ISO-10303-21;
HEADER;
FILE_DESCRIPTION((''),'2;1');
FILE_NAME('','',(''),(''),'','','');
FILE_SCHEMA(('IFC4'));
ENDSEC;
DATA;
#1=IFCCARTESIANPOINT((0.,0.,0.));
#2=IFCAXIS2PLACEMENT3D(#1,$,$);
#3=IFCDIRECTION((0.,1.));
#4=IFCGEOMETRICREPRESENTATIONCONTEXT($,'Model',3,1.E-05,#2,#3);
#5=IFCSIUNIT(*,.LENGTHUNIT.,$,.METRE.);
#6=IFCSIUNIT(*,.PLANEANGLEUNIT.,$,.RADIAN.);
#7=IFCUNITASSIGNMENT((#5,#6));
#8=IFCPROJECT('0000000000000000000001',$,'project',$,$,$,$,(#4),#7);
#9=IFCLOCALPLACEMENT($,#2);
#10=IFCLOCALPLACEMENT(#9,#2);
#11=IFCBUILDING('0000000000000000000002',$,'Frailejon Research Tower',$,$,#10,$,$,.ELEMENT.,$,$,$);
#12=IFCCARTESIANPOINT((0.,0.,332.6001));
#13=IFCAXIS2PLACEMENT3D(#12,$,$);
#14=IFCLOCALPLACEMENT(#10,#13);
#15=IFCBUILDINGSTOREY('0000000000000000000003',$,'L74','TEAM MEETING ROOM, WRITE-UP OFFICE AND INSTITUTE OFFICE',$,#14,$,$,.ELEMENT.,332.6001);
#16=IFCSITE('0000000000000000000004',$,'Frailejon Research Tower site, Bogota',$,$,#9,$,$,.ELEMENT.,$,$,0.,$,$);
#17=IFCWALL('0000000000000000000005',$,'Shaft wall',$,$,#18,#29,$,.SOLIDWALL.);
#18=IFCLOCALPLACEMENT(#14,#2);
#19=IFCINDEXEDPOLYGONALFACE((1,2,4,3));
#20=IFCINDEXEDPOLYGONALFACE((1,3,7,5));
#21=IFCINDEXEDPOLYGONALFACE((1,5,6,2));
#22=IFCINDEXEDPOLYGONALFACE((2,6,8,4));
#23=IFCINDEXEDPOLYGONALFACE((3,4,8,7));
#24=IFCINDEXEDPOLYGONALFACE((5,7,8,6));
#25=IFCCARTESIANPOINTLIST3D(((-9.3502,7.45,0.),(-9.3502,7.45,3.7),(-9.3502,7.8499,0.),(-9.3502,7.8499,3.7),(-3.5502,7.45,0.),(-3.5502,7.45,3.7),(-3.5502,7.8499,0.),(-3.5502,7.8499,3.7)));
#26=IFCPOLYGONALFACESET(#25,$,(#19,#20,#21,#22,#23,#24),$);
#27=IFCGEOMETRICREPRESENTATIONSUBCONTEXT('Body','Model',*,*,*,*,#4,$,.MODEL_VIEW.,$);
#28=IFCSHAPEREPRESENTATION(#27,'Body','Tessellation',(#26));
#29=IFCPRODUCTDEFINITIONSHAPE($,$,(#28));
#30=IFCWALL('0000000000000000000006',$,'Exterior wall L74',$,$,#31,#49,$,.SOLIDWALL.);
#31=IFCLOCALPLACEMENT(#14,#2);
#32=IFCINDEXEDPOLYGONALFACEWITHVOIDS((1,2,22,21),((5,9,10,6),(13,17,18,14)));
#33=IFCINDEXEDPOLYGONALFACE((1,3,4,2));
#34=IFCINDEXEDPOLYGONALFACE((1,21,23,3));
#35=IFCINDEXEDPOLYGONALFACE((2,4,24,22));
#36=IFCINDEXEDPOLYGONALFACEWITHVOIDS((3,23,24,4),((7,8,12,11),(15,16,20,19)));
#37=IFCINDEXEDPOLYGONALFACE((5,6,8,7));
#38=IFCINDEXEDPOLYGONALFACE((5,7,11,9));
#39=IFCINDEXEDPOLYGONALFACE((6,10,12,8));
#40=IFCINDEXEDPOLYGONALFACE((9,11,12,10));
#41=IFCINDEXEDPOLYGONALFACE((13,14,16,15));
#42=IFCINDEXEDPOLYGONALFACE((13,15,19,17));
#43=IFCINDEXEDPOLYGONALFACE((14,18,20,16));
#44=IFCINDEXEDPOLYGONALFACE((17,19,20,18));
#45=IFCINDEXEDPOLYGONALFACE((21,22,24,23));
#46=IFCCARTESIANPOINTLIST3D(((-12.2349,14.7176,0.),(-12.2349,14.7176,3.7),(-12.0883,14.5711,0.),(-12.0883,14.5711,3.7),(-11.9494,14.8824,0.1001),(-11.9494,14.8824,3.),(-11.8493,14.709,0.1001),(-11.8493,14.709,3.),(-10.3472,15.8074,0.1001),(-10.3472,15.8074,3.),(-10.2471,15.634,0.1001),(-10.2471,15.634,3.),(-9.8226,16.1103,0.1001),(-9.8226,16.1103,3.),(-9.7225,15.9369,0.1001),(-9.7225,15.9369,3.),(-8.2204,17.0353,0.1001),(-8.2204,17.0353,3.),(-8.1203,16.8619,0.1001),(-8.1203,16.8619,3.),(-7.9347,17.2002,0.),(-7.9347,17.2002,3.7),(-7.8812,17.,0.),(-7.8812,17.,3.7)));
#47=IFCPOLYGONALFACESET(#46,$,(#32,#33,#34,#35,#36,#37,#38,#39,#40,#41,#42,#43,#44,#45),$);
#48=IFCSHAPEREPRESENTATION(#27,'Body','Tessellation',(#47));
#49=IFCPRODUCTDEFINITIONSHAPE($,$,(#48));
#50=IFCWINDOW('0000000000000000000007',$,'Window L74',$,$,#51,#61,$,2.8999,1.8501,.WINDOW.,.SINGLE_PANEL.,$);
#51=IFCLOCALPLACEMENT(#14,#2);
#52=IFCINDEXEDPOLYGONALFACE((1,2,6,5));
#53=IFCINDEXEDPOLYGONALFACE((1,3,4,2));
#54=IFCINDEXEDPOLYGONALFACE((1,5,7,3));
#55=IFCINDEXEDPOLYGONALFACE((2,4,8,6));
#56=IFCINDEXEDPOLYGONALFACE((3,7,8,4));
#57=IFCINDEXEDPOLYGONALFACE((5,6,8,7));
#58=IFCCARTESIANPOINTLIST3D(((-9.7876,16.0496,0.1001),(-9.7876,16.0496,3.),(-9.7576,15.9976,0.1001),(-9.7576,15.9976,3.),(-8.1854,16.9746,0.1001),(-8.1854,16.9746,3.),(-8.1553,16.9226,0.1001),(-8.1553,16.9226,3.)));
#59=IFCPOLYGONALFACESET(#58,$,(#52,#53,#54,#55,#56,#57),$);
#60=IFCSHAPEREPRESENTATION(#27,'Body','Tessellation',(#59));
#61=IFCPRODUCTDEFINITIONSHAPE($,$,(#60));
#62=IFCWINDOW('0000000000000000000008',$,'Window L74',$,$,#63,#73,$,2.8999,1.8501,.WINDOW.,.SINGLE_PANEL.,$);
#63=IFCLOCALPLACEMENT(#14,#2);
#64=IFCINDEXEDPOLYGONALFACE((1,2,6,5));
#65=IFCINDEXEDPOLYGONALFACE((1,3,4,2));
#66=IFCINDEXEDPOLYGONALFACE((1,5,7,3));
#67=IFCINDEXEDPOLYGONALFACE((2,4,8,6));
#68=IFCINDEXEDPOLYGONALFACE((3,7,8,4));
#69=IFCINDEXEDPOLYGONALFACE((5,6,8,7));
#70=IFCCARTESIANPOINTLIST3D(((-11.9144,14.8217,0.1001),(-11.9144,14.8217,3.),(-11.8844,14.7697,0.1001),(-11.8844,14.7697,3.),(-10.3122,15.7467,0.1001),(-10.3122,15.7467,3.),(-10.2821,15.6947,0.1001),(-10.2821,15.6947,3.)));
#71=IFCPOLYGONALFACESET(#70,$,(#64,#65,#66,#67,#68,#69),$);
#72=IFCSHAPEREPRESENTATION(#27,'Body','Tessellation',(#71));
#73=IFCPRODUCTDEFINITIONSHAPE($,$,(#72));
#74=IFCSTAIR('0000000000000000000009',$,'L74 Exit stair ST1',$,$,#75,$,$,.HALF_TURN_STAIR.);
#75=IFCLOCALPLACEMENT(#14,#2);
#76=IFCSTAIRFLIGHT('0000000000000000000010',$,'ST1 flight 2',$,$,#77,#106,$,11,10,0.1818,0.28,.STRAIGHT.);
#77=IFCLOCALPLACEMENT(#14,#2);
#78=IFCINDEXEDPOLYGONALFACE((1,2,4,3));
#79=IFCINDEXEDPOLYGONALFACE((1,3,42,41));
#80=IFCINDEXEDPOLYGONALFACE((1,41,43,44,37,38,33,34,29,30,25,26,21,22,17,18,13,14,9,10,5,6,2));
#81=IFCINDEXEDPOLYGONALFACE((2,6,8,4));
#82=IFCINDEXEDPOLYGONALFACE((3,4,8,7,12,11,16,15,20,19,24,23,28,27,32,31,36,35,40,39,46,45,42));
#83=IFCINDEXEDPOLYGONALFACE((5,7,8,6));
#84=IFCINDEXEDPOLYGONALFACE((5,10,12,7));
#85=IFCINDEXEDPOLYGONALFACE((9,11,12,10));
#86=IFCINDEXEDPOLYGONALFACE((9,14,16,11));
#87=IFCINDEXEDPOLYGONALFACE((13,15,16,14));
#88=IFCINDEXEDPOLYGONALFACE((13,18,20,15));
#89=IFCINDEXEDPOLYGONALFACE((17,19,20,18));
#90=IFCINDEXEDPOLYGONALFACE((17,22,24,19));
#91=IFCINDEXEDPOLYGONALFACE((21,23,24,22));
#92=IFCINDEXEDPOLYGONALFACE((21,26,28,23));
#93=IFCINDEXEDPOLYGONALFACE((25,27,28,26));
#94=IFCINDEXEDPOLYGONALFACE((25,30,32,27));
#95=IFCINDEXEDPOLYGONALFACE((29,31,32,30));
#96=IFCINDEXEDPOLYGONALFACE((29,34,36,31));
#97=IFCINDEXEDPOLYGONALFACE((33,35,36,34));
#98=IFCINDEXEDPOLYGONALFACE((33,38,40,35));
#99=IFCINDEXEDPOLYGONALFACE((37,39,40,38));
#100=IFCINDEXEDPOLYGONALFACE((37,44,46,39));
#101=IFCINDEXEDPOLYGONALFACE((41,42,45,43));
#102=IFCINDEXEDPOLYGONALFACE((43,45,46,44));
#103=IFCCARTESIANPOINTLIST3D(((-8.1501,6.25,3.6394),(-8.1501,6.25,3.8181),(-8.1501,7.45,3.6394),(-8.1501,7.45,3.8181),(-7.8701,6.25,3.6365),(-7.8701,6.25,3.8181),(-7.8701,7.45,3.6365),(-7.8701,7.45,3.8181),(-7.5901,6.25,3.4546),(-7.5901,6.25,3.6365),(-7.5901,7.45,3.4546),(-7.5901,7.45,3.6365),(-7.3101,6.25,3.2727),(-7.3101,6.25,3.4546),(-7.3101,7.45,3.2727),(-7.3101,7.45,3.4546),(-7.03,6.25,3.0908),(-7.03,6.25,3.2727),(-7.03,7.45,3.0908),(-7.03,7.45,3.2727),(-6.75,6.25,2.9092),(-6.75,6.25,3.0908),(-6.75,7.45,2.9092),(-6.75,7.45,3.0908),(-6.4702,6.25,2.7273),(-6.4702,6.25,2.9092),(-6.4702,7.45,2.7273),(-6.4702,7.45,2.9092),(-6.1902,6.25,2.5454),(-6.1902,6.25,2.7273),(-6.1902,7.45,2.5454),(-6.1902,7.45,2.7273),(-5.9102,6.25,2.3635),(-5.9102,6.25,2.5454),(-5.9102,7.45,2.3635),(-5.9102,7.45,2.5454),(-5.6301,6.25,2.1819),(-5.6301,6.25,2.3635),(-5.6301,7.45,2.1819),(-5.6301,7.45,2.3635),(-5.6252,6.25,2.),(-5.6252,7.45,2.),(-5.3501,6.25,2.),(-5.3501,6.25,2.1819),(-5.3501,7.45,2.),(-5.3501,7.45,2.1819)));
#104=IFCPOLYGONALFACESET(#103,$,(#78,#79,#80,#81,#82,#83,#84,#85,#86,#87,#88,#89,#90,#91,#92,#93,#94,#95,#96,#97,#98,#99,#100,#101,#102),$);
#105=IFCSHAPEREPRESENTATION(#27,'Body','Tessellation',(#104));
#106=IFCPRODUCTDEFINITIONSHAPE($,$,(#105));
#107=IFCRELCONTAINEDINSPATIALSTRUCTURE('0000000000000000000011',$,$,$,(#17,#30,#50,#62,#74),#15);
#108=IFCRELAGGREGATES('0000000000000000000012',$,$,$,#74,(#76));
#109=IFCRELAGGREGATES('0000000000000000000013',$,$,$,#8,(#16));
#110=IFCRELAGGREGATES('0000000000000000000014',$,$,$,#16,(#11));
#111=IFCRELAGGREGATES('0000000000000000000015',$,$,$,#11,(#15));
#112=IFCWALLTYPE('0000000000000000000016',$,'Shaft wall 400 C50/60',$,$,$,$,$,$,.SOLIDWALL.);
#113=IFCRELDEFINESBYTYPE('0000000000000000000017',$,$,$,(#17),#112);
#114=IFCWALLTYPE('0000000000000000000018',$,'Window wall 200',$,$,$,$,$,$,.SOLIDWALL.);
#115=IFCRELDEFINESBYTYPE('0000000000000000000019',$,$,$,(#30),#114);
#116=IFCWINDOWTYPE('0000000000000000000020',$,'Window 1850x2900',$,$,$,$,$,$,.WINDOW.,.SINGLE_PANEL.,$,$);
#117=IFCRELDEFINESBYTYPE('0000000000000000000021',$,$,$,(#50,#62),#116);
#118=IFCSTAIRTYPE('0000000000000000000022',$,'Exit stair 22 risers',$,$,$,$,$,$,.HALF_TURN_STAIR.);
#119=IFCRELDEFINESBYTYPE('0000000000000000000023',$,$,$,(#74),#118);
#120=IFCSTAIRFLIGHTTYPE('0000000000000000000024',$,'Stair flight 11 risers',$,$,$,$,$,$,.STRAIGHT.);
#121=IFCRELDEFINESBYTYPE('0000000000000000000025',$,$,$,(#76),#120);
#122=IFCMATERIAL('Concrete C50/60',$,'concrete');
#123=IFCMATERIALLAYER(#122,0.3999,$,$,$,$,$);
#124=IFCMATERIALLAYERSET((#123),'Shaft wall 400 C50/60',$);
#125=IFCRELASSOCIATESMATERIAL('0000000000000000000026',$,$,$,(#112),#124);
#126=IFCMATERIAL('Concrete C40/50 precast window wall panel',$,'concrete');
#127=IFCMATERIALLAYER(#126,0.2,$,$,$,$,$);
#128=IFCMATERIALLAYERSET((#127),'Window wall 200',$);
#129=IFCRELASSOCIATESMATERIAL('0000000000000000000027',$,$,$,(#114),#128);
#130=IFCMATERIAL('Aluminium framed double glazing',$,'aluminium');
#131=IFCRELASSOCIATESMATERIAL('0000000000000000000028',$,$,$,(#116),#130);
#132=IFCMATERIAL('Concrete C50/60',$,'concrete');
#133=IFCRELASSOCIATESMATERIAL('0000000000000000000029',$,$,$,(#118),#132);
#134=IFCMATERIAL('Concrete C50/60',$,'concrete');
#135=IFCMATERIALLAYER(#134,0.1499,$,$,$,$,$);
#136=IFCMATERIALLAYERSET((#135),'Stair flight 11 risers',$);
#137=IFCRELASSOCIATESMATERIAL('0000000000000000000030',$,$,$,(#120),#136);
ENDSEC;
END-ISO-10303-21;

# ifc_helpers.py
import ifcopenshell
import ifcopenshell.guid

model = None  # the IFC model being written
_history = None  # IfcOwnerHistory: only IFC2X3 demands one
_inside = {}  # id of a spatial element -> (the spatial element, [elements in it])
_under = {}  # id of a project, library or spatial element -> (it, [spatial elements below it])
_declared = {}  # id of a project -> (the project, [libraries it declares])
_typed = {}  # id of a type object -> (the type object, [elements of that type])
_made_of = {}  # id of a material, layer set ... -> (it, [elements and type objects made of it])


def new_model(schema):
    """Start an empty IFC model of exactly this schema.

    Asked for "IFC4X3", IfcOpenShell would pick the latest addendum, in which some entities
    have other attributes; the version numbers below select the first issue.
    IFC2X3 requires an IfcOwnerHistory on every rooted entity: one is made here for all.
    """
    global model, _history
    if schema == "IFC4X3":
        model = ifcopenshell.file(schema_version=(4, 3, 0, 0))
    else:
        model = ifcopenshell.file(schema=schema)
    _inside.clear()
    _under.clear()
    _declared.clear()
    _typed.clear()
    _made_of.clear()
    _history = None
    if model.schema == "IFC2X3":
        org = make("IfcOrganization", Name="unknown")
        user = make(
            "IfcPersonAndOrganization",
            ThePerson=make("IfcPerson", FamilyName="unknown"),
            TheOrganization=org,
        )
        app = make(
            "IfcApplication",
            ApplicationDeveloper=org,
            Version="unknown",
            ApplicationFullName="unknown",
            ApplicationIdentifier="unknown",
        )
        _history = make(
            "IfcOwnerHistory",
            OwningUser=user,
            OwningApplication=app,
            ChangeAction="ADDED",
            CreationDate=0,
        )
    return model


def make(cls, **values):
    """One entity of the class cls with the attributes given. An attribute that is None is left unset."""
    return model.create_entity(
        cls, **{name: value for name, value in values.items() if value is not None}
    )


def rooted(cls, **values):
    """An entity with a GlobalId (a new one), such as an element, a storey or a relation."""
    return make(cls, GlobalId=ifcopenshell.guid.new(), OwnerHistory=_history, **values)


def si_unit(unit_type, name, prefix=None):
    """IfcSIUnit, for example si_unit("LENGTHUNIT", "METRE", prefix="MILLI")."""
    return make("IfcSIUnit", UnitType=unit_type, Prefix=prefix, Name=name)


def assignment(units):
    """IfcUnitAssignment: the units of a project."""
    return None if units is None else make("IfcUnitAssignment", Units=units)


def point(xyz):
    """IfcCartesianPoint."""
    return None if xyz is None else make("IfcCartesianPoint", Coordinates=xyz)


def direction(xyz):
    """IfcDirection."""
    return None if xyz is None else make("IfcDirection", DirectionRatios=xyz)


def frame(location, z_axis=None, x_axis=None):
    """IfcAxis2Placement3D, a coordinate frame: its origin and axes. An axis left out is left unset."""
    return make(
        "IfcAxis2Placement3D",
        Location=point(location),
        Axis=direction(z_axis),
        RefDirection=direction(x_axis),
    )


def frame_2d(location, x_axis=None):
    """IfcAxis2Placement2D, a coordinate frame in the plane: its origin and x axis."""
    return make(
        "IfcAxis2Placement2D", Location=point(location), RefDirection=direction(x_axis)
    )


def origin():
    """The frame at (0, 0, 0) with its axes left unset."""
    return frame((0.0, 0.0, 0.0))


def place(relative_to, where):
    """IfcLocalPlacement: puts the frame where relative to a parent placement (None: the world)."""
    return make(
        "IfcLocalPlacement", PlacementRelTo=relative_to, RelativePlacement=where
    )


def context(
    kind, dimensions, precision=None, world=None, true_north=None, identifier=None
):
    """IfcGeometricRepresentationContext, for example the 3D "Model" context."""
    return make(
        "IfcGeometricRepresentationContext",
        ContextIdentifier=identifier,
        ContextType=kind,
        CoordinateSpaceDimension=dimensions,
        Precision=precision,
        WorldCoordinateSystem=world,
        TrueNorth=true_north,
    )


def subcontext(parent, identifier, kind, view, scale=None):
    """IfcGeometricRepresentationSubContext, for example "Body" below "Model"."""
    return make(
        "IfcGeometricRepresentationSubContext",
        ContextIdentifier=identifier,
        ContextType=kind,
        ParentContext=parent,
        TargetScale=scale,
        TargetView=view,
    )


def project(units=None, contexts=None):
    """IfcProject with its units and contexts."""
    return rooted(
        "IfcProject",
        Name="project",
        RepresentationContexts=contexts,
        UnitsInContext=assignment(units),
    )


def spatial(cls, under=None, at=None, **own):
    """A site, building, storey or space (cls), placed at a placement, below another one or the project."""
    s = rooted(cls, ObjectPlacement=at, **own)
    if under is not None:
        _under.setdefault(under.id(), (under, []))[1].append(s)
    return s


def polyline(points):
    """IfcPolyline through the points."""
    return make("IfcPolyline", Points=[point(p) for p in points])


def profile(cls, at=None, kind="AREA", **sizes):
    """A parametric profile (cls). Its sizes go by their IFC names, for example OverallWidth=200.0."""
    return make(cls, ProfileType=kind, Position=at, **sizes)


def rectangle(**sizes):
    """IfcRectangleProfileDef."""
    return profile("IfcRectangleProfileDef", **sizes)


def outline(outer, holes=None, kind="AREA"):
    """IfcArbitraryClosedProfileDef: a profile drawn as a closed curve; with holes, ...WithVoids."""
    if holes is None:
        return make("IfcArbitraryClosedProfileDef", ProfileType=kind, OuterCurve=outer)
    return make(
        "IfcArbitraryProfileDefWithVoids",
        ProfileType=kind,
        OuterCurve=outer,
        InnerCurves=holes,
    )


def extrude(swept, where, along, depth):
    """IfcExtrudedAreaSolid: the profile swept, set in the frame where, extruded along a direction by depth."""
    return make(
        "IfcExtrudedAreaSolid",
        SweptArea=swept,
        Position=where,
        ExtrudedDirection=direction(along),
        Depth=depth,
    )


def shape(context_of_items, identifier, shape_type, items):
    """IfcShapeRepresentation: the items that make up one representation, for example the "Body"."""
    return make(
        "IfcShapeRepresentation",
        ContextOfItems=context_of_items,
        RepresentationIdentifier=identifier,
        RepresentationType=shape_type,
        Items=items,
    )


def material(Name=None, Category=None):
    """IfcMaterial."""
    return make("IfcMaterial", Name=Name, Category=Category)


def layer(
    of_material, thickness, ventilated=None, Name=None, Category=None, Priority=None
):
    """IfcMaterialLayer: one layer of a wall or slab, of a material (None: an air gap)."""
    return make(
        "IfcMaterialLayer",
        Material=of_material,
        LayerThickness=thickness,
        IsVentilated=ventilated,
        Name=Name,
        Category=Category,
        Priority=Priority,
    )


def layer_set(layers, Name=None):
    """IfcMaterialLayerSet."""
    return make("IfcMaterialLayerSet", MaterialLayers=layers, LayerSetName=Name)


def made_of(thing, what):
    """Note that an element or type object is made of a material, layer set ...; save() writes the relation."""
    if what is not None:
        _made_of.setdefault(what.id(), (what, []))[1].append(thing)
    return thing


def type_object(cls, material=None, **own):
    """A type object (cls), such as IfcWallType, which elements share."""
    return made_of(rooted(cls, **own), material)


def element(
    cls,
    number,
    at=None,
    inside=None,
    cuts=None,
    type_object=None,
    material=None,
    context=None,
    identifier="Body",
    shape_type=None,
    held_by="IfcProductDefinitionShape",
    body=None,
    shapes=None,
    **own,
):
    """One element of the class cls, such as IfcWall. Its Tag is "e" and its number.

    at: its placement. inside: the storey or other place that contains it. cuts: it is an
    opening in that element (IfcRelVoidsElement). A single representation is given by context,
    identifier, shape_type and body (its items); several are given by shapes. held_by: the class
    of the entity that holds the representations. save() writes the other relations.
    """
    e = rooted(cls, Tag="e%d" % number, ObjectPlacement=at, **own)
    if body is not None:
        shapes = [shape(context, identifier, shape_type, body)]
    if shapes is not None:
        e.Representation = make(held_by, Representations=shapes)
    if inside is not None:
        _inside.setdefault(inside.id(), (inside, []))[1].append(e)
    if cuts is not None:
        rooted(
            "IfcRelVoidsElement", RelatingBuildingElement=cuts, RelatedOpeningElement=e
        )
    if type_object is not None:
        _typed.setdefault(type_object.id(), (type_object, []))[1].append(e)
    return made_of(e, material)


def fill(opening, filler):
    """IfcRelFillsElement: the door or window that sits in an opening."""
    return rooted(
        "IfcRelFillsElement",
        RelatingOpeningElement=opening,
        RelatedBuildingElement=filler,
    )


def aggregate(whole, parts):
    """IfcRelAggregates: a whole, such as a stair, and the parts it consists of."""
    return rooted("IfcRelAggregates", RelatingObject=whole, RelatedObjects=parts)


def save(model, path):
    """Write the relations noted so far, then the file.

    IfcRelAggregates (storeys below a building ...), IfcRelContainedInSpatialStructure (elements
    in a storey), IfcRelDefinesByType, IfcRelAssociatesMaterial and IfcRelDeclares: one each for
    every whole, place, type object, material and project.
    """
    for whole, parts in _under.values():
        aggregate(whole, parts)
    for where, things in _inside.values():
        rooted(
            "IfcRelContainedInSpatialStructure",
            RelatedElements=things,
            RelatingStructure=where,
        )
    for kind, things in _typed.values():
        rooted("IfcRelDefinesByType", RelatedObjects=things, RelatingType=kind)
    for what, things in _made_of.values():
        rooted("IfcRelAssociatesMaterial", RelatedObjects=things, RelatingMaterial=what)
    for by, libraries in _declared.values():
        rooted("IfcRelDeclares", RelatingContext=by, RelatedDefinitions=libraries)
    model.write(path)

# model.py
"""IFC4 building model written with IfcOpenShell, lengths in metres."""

from ifc_helpers import new_model, si_unit, direction, frame, frame_2d, origin, place, context, subcontext, project, spatial, polyline, rectangle, outline, extrude, material, layer, layer_set, type_object, element, fill, aggregate, save


model = new_model("IFC4")

# Units and contexts
model_context = context("Model", 3, precision=1e-05, world=origin(), true_north=direction((0.0, 1.0)))
body_context = subcontext(model_context, "Body", "Model", "MODEL_VIEW")
ifc_project = project(units=[si_unit("LENGTHUNIT", "METRE"), si_unit("PLANEANGLEUNIT", "RADIAN")], contexts=[model_context])

# Site, building, storey
site_placement = place(None, origin())
site = spatial("IfcSite", under=ifc_project, at=site_placement, Name="Frailejon Research Tower site, Bogota", CompositionType="ELEMENT", RefElevation=0.0)
building_placement = place(site_placement, origin())
building = spatial("IfcBuilding", under=site, at=building_placement, Name="Frailejon Research Tower", CompositionType="ELEMENT")
storey_placement = place(building_placement, frame((0.0, 0.0, 332.6001)))
storey = spatial("IfcBuildingStorey", under=building, at=storey_placement, Name="L74", Description="TEAM MEETING ROOM, WRITE-UP OFFICE AND INSTITUTE OFFICE", CompositionType="ELEMENT", Elevation=332.6001)

# Wall
ifc_material_1 = material(Name="Concrete C50/60", Category="concrete")
ifc_layer_1 = layer(ifc_material_1, 0.3999)
ifc_layer_set_1 = layer_set([ifc_layer_1], Name="Shaft wall 400 C50/60")
wall_type_1 = type_object("IfcWallType", Name="Shaft wall 400 C50/60", PredefinedType="SOLIDWALL", material=ifc_layer_set_1)
wall_1_placement = place(storey_placement, frame((-9.3501, 7.6499, 0.0), z_axis=(0.0, 0.0, 1.0), x_axis=(1.0, 0.0, 0.0)))
element("IfcWall", 1, at=wall_1_placement, inside=storey, type_object=wall_type_1, Name="Shaft wall", PredefinedType="SOLIDWALL", context=body_context, shape_type="SweptSolid", body=[
    extrude(rectangle(XDim=5.8, YDim=0.3999, at=frame_2d((2.8999, 0.0))), origin(), (0.0, 0.0, 1.0), 3.7),
])

# Wall, openings, windows
ifc_material_2 = material(Name="Concrete C40/50 precast window wall panel", Category="concrete")
ifc_layer_2 = layer(ifc_material_2, 0.2)
ifc_layer_set_2 = layer_set([ifc_layer_2], Name="Window wall 200")
wall_type_2 = type_object("IfcWallType", Name="Window wall 200", PredefinedType="SOLIDWALL", material=ifc_layer_set_2)
wall_2_placement = place(storey_placement, frame((-7.908, 17.1001, 0.0), z_axis=(0.0, 0.0, 1.0), x_axis=(-0.866029, -0.499994, 0.0)))
wall_2 = element("IfcWall", 2, at=wall_2_placement, inside=storey, type_object=wall_type_2, Name="Exterior wall L74", PredefinedType="SOLIDWALL", context=body_context, shape_type="SweptSolid", body=[
    extrude(outline(polyline([(-0.0269, -0.1001), (1.2144, -0.1001), (2.4558, -0.1001), (3.6973, -0.1001), (4.9385, -0.1001), (4.8848, 0.1001), (3.6704, 0.1001), (2.4558, 0.1001), (1.2412, 0.1001), (0.0269, 0.1001), (-0.0269, -0.1001)])), origin(), (0.0, 0.0, 1.0), 3.7),
])
opening_1_placement = place(wall_2_placement, frame((0.303, 0.0, 0.1001)))
opening_1 = element("IfcOpeningElement", 3, at=opening_1_placement, cuts=wall_2, PredefinedType="OPENING", context=body_context, shape_type="SweptSolid", body=[
    extrude(rectangle(XDim=1.8501, YDim=2.8999, at=frame_2d((0.925, 1.45))), frame((0.0, 0.1099, 0.0), z_axis=(0.0, -1.0, 0.0), x_axis=(1.0, 0.0, 0.0)), (0.0, 0.0, 1.0), 0.22),
])
opening_2_placement = place(wall_2_placement, frame((2.7588, 0.0, 0.1001)))
opening_2 = element("IfcOpeningElement", 4, at=opening_2_placement, cuts=wall_2, PredefinedType="OPENING", context=body_context, shape_type="SweptSolid", body=[
    extrude(rectangle(XDim=1.8501, YDim=2.8999, at=frame_2d((0.925, 1.45))), frame((0.0, 0.1099, 0.0), z_axis=(0.0, -1.0, 0.0), x_axis=(1.0, 0.0, 0.0)), (0.0, 0.0, 1.0), 0.22),
])
ifc_material_3 = material(Name="Aluminium framed double glazing", Category="aluminium")
window_type = type_object("IfcWindowType", Name="Window 1850x2900", PartitioningType="SINGLE_PANEL", PredefinedType="WINDOW", material=ifc_material_3)
window_1_placement = place(opening_1_placement, origin())
window_1 = element("IfcWindow", 5, at=window_1_placement, inside=storey, type_object=window_type, Name="Window L74", OverallHeight=2.8999, OverallWidth=1.8501, PartitioningType="SINGLE_PANEL", PredefinedType="WINDOW", context=body_context, shape_type="SweptSolid", body=[
    extrude(rectangle(XDim=1.8501, YDim=2.8999, at=frame_2d((0.925, 1.45))), frame((0.0, 0.03, 0.0), z_axis=(0.0, -1.0, 0.0), x_axis=(1.0, 0.0, 0.0)), (0.0, 0.0, 1.0), 0.0601),
])
fill(opening_1, window_1)
window_2_placement = place(opening_2_placement, origin())
window_2 = element("IfcWindow", 6, at=window_2_placement, inside=storey, type_object=window_type, Name="Window L74", OverallHeight=2.8999, OverallWidth=1.8501, PartitioningType="SINGLE_PANEL", PredefinedType="WINDOW", context=body_context, shape_type="SweptSolid", body=[
    extrude(rectangle(XDim=1.8501, YDim=2.8999, at=frame_2d((0.925, 1.45))), frame((0.0, 0.03, 0.0), z_axis=(0.0, -1.0, 0.0), x_axis=(1.0, 0.0, 0.0)), (0.0, 0.0, 1.0), 0.0601),
])
fill(opening_2, window_2)

# Stair, stair flight
ifc_material_4 = material(Name="Concrete C50/60", Category="concrete")
stair_type = type_object("IfcStairType", Name="Exit stair 22 risers", PredefinedType="HALF_TURN_STAIR", material=ifc_material_4)
stair_placement = place(storey_placement, origin())
stair = element("IfcStair", 7, at=stair_placement, inside=storey, type_object=stair_type, Name="L74 Exit stair ST1", PredefinedType="HALF_TURN_STAIR")
ifc_material_5 = material(Name="Concrete C50/60", Category="concrete")
ifc_layer_3 = layer(ifc_material_5, 0.1499)
ifc_layer_set_3 = layer_set([ifc_layer_3], Name="Stair flight 11 risers")
stair_flight_type = type_object("IfcStairFlightType", Name="Stair flight 11 risers", PredefinedType="STRAIGHT", material=ifc_layer_set_3)
stair_flight_placement = place(storey_placement, frame((-5.3501, 6.8501, 2.0), z_axis=(0.0, 0.0, 1.0), x_axis=(-1.0, 0.0, 0.0)))
stair_flight = element("IfcStairFlight", 8, at=stair_flight_placement, type_object=stair_flight_type, Name="ST1 flight 2", NumberOfRisers=11, NumberOfTreads=10, PredefinedType="STRAIGHT", RiserHeight=0.1818, TreadLength=0.28, context=body_context, shape_type="SweptSolid", body=[
    extrude(outline(polyline([(0.0, 0.0), (0.0, 0.1819), (0.28, 0.1819), (0.28, 0.3635), (0.5601, 0.3635), (0.5601, 0.5454), (0.8401, 0.5454), (0.8401, 0.7273), (1.1201, 0.7273), (1.1201, 0.9092), (1.3999, 0.9092), (1.3999, 1.0908), (1.6799, 1.0908), (1.6799, 1.2727), (1.96, 1.2727), (1.96, 1.4546), (2.24, 1.4546), (2.24, 1.6365), (2.52, 1.6365), (2.52, 1.8181), (2.8, 1.8181), (2.8, 2.0), (2.8, 1.6394), (0.2751, 0.0), (0.0, 0.0)])), frame((0.0, 0.6001, 0.0), z_axis=(0.0, -1.0, 0.0), x_axis=(1.0, 0.0, 0.0)), (0.0, 0.0, 1.0), 1.2),
])
aggregate(stair, [stair_flight])

save(model, "model.ifc")
